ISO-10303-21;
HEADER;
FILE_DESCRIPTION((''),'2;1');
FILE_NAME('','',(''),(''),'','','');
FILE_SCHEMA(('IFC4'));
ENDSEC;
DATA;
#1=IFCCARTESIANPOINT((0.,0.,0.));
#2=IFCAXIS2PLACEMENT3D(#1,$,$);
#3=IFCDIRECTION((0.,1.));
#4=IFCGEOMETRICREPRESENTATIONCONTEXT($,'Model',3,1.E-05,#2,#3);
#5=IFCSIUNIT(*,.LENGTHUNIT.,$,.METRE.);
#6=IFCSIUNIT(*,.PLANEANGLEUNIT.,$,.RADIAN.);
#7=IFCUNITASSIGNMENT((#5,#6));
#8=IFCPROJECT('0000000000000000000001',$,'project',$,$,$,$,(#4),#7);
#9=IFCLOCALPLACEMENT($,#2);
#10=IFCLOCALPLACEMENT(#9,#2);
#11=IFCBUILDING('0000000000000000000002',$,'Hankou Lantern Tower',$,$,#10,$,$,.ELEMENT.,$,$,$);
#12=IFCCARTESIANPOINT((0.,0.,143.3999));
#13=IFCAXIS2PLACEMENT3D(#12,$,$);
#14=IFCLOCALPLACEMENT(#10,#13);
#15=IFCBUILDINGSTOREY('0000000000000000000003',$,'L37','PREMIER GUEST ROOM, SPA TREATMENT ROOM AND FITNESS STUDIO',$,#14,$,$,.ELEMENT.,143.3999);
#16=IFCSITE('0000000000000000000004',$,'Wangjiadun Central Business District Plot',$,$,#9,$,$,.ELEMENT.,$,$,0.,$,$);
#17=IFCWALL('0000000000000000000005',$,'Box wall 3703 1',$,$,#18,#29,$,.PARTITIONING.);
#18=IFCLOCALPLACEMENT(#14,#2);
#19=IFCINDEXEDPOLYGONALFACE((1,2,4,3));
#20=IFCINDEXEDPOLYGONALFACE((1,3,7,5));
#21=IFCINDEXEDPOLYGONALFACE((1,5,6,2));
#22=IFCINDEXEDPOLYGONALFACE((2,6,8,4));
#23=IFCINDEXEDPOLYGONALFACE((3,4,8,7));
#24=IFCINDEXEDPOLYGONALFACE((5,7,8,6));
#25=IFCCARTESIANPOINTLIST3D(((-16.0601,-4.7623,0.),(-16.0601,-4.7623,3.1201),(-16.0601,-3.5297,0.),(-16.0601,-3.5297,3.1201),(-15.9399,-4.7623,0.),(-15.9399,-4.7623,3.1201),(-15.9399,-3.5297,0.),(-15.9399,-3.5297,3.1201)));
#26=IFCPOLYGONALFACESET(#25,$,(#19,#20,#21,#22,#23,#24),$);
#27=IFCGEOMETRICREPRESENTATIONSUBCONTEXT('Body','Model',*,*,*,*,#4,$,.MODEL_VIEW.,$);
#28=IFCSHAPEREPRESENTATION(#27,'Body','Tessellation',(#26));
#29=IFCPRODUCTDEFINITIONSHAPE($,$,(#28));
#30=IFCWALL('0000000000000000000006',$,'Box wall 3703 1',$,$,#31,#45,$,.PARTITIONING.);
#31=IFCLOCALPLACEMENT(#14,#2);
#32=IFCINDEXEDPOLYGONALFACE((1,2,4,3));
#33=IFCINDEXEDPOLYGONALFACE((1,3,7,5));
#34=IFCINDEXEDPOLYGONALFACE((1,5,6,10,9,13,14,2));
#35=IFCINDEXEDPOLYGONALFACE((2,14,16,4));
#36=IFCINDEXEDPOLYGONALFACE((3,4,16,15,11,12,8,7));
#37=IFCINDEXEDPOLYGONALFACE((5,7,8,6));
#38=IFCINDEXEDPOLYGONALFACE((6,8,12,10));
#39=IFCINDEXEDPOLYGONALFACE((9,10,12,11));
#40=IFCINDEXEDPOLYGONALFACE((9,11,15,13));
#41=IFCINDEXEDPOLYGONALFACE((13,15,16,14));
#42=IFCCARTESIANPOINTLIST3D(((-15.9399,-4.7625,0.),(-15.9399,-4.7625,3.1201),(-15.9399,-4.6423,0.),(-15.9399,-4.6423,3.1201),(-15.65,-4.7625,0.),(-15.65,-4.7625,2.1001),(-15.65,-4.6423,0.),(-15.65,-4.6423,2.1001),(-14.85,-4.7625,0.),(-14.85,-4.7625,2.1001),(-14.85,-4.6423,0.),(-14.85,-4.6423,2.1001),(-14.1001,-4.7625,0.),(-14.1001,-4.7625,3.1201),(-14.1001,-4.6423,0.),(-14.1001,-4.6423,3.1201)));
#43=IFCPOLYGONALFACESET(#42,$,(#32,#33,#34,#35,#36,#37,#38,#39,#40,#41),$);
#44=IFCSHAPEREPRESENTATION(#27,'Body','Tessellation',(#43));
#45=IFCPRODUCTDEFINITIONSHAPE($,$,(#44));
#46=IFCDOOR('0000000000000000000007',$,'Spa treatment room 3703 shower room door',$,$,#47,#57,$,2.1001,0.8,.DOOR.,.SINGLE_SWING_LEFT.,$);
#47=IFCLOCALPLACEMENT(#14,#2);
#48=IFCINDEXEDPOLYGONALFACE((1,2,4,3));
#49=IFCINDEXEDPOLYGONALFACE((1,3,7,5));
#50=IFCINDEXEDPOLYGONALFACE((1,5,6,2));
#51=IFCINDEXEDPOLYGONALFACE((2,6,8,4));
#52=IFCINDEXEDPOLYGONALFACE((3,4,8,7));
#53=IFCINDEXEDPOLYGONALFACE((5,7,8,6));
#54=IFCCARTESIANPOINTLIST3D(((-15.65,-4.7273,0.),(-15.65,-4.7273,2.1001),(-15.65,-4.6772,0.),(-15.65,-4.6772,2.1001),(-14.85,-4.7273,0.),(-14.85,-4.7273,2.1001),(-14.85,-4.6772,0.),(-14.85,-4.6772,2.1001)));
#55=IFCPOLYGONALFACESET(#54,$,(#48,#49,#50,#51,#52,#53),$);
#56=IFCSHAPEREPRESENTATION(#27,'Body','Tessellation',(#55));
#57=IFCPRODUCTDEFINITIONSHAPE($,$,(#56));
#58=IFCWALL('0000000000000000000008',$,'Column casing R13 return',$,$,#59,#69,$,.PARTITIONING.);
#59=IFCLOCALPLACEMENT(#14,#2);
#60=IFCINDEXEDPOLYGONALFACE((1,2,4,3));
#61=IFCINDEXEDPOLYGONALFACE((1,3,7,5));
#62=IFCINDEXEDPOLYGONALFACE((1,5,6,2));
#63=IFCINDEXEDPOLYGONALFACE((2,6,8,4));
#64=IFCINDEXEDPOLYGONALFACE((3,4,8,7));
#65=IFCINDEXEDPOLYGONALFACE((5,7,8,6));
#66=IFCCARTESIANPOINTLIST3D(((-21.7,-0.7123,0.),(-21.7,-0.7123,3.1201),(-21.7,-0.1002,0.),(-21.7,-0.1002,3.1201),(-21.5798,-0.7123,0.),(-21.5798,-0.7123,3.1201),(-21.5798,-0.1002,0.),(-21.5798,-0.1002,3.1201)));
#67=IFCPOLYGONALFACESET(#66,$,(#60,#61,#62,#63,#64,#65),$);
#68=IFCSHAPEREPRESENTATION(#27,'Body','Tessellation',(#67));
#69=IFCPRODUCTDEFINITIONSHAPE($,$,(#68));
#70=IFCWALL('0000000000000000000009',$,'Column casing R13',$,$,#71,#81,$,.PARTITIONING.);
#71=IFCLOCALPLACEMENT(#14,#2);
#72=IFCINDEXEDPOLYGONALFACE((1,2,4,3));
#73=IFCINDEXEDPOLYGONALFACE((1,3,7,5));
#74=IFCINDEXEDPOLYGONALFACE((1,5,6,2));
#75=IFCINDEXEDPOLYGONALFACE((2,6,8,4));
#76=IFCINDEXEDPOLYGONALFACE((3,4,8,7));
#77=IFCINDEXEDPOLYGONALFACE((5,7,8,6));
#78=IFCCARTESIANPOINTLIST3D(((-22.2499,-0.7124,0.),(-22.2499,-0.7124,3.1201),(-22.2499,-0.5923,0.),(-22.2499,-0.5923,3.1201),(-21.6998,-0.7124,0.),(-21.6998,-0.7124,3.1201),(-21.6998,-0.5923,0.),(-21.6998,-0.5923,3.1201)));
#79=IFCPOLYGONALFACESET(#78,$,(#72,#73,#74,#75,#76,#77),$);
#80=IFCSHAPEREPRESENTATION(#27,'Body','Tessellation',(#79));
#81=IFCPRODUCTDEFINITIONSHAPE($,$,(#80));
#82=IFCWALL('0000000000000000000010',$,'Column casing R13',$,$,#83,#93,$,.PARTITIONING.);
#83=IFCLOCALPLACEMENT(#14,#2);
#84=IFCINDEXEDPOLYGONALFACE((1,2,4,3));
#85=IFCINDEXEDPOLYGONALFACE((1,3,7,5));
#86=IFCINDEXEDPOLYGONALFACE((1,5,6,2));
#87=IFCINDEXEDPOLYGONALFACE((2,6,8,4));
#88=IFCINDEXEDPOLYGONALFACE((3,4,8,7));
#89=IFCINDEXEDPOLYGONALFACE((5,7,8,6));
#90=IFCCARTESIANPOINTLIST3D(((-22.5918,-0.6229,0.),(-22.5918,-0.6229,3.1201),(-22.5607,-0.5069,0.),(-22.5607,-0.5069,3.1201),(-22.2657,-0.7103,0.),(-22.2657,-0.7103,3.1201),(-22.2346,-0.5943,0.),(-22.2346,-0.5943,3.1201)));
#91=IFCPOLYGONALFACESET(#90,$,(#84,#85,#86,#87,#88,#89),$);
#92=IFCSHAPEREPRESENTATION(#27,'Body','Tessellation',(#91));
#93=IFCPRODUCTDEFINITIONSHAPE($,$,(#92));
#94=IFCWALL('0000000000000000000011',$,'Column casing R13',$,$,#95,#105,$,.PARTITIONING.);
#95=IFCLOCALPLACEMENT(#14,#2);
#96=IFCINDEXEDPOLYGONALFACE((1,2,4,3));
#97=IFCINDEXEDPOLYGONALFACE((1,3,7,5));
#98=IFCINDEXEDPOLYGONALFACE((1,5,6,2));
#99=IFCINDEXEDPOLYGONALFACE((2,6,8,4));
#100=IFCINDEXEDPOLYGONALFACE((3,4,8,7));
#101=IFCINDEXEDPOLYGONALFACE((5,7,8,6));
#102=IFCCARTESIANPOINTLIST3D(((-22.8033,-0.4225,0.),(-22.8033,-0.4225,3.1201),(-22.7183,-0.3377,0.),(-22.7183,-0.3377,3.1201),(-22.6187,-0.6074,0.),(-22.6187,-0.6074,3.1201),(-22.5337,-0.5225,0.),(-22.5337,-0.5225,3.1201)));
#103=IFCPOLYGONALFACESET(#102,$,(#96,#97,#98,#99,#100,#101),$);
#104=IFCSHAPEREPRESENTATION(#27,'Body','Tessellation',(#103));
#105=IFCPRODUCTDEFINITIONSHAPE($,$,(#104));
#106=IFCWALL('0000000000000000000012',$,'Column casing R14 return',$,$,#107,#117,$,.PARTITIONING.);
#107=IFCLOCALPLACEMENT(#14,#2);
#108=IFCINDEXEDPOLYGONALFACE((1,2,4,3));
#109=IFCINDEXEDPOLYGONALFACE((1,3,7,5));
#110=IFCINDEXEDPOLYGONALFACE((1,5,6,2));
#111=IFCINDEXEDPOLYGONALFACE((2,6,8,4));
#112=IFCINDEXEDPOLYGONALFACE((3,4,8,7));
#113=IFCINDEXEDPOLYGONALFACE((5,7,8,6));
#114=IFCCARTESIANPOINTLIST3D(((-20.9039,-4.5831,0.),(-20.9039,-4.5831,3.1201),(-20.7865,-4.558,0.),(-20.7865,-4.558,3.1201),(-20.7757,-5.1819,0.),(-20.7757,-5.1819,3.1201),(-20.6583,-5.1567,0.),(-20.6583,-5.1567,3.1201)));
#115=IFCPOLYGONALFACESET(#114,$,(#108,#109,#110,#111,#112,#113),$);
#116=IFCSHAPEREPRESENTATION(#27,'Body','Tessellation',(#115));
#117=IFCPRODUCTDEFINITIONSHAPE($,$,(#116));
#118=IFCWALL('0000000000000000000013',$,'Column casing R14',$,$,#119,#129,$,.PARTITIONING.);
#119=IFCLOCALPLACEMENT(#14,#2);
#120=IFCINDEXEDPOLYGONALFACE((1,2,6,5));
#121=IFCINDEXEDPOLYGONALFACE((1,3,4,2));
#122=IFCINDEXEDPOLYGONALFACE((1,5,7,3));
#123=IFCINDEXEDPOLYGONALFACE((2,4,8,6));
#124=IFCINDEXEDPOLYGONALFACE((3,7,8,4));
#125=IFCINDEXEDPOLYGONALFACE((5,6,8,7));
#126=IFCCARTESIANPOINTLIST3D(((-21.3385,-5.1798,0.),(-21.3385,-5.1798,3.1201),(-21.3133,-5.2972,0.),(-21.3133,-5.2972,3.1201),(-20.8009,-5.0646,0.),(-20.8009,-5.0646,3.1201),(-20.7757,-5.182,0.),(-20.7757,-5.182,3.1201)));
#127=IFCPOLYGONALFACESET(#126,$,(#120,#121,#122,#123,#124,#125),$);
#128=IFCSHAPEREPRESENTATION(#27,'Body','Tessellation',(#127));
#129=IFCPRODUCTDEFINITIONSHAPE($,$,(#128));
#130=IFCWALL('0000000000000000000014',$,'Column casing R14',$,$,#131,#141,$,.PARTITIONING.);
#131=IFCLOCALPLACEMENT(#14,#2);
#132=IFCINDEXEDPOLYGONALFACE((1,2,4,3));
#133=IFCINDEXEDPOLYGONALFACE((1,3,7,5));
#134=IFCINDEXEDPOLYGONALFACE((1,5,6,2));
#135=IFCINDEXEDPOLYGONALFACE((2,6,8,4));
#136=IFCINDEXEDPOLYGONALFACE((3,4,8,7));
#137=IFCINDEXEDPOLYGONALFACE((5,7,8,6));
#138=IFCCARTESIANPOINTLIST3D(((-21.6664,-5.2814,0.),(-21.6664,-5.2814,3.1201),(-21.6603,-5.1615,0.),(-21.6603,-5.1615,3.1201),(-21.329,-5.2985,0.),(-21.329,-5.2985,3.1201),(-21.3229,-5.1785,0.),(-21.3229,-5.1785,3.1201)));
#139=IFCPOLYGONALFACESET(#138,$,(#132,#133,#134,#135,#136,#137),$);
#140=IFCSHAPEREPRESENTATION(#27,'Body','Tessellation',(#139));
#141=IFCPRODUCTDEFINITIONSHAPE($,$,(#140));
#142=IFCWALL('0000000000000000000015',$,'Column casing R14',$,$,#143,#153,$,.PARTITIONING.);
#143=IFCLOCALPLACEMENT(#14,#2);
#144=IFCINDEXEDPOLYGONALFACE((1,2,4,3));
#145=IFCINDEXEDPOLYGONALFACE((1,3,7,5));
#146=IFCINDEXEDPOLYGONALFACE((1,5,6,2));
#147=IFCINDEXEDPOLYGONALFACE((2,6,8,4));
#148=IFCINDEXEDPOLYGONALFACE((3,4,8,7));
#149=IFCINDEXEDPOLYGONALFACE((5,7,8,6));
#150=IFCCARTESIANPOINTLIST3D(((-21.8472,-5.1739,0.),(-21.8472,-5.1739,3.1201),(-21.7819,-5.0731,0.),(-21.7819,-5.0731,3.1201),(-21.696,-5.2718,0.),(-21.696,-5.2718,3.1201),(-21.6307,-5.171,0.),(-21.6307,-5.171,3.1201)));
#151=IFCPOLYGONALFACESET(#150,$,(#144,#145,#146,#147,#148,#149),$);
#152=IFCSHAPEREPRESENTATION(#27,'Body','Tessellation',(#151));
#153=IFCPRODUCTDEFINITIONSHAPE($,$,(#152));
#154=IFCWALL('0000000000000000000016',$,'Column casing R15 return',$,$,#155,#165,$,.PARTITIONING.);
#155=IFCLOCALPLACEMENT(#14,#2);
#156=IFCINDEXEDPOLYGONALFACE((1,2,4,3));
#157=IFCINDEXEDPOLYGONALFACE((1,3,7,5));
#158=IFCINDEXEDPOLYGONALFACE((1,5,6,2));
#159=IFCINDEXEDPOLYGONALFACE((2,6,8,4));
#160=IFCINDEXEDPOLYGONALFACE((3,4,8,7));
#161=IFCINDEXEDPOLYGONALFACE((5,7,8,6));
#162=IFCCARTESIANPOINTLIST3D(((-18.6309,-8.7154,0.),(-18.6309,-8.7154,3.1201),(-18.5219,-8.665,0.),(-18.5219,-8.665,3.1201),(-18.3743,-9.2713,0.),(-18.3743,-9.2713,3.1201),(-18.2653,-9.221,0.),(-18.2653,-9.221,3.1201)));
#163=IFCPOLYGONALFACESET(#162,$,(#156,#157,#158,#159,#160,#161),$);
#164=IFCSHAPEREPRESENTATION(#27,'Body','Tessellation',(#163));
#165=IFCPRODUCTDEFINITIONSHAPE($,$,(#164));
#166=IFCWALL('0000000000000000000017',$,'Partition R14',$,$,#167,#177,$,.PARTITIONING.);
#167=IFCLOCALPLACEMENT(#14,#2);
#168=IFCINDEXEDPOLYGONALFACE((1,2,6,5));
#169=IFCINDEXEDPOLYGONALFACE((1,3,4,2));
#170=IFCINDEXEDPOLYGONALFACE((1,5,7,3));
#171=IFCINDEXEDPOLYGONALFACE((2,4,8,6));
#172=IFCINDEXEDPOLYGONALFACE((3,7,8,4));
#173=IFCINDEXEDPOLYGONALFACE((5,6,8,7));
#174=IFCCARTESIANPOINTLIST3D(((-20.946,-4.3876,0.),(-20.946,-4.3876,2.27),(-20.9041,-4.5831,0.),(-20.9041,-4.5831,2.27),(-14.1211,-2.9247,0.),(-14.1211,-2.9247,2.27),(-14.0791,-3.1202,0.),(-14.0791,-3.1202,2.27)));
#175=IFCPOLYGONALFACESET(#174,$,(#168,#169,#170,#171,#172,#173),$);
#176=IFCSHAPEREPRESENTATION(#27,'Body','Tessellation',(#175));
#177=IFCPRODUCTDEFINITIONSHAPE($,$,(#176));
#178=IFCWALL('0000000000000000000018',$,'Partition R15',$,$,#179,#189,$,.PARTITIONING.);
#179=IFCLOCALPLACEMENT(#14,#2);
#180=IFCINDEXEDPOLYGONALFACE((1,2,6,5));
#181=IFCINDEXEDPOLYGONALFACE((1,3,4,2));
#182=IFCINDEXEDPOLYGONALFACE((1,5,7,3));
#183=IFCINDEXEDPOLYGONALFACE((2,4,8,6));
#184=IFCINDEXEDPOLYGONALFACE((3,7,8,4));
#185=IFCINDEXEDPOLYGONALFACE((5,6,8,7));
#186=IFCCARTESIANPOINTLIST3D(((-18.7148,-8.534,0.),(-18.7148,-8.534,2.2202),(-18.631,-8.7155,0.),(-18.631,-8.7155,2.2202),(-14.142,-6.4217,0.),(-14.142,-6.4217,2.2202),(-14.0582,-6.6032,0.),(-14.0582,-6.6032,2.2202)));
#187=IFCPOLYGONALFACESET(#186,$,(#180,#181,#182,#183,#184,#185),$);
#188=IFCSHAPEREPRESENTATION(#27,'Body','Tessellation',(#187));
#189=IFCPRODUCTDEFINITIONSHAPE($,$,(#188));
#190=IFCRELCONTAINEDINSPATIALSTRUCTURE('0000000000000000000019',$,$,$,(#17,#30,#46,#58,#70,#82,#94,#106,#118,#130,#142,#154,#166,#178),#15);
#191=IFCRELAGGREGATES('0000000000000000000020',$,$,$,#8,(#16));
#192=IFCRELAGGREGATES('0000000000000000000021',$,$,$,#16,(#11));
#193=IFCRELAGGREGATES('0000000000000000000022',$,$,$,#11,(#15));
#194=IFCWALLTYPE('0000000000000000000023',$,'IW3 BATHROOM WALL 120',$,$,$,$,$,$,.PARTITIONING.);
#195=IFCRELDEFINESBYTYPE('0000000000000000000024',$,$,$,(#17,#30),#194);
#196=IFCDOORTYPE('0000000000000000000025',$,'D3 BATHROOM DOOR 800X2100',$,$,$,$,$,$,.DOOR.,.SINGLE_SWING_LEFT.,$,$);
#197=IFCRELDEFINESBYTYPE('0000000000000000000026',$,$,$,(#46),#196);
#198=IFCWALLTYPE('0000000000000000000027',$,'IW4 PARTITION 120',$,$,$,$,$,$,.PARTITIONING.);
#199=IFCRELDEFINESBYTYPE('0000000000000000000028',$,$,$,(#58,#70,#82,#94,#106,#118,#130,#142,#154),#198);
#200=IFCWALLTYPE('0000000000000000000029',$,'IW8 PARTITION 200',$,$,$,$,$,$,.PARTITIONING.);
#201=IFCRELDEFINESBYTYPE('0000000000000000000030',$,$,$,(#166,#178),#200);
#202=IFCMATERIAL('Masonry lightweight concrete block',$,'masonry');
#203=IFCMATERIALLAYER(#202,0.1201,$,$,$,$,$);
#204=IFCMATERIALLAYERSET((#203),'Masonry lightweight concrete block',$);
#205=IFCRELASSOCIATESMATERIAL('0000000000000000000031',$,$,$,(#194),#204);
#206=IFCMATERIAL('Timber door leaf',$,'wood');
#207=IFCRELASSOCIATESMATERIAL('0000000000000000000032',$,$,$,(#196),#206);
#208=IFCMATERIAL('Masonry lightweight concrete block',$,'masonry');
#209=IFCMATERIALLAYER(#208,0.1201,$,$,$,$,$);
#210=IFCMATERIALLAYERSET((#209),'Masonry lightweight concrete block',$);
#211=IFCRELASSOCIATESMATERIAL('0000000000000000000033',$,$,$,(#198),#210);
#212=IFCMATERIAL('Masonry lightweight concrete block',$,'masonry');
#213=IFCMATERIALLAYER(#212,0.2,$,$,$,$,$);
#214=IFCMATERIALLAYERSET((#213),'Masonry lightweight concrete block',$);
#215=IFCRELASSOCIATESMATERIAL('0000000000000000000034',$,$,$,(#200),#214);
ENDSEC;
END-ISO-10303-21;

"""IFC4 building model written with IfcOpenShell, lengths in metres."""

from ifc_helpers import new_model, si_unit, direction, frame, frame_2d, origin, place, context, subcontext, project, spatial, rectangle, extrude, material, layer, layer_set, type_object, element, fill, save


model = new_model("IFC4")

# Units and contexts
model_context = context("Model", 3, precision=1e-05, world=origin(), true_north=direction((0.0, 1.0)))
body_context = subcontext(model_context, "Body", "Model", "MODEL_VIEW")
ifc_project = project(units=[si_unit("LENGTHUNIT", "METRE"), si_unit("PLANEANGLEUNIT", "RADIAN")], contexts=[model_context])

# Site, building, storey
site_placement = place(None, origin())
site = spatial("IfcSite", under=ifc_project, at=site_placement, Name="Wangjiadun Central Business District Plot", CompositionType="ELEMENT", RefElevation=0.0)
building_placement = place(site_placement, origin())
building = spatial("IfcBuilding", under=site, at=building_placement, Name="Hankou Lantern Tower", CompositionType="ELEMENT")
storey_placement = place(building_placement, frame((0.0, 0.0, 143.3999)))
storey = spatial("IfcBuildingStorey", under=building, at=storey_placement, Name="L37", Description="PREMIER GUEST ROOM, SPA TREATMENT ROOM AND FITNESS STUDIO", CompositionType="ELEMENT", Elevation=143.3999)

# Wall
ifc_material_1 = material(Name="Masonry lightweight concrete block", Category="masonry")
ifc_layer_1 = layer(ifc_material_1, 0.1201)
ifc_layer_set_1 = layer_set([ifc_layer_1], Name="Masonry lightweight concrete block")
wall_type_1 = type_object("IfcWallType", Name="IW3 BATHROOM WALL 120", PredefinedType="PARTITIONING", material=ifc_layer_set_1)
wall_1_placement = place(storey_placement, frame((-16.0, -3.5298, 0.0), z_axis=(0.0, 0.0, 1.0), x_axis=(0.0, -1.0, 0.0)))
element("IfcWall", 1, at=wall_1_placement, inside=storey, type_object=wall_type_1, Name="Box wall 3703 1", PredefinedType="PARTITIONING", context=body_context, shape_type="SweptSolid", body=[
    extrude(rectangle(XDim=1.2327, YDim=0.1201, at=frame_2d((0.6162, 0.0))), origin(), (0.0, 0.0, 1.0), 3.1201),
])

# Wall, opening, door
wall_2_placement = place(storey_placement, frame((-14.1001, -4.7024, 0.0), z_axis=(0.0, 0.0, 1.0), x_axis=(-1.0, 0.0, 0.0)))
wall_2 = element("IfcWall", 2, at=wall_2_placement, inside=storey, type_object=wall_type_1, Name="Box wall 3703 1", PredefinedType="PARTITIONING", context=body_context, shape_type="SweptSolid", body=[
    extrude(rectangle(XDim=1.8398, YDim=0.1201, at=frame_2d((0.9199, 0.0))), origin(), (0.0, 0.0, 1.0), 3.1201),
])
opening_1_placement = place(wall_2_placement, frame((0.75, 0.0, 0.0)))
opening_1 = element("IfcOpeningElement", 3, at=opening_1_placement, cuts=wall_2, PredefinedType="OPENING", context=body_context, shape_type="SweptSolid", body=[
    extrude(rectangle(XDim=0.8, YDim=2.1001, at=frame_2d((0.3999, 1.05))), frame((0.0, 0.0701, 0.0), z_axis=(0.0, -1.0, 0.0), x_axis=(1.0, 0.0, 0.0)), (0.0, 0.0, 1.0), 0.1401),
])
ifc_material_2 = material(Name="Timber door leaf", Category="wood")
door_type = type_object("IfcDoorType", Name="D3 BATHROOM DOOR 800X2100", OperationType="SINGLE_SWING_LEFT", PredefinedType="DOOR", material=ifc_material_2)
door_placement = place(opening_1_placement, origin())
door = element("IfcDoor", 4, at=door_placement, inside=storey, type_object=door_type, Name="Spa treatment room 3703 shower room door", OperationType="SINGLE_SWING_LEFT", OverallHeight=2.1001, OverallWidth=0.8, PredefinedType="DOOR", context=body_context, shape_type="SweptSolid", body=[
    extrude(rectangle(XDim=0.8, YDim=2.1001, at=frame_2d((0.3999, 1.05))), frame((0.0, 0.0249, 0.0), z_axis=(0.0, -1.0, 0.0), x_axis=(1.0, 0.0, 0.0)), (0.0, 0.0, 1.0), 0.05),
])
fill(opening_1, door)

# Walls
ifc_material_3 = material(Name="Masonry lightweight concrete block", Category="masonry")
ifc_layer_2 = layer(ifc_material_3, 0.1201)
ifc_layer_set_2 = layer_set([ifc_layer_2], Name="Masonry lightweight concrete block")
wall_type_2 = type_object("IfcWallType", Name="IW4 PARTITION 120", PredefinedType="PARTITIONING", material=ifc_layer_set_2)
wall_3_placement = place(storey_placement, frame((-21.6399, -0.1001, 0.0), z_axis=(0.0, 0.0, 1.0), x_axis=(0.0, -1.0, 0.0)))
element("IfcWall", 5, at=wall_3_placement, inside=storey, type_object=wall_type_2, Name="Column casing R13 return", PredefinedType="PARTITIONING", context=body_context, shape_type="SweptSolid", body=[
    extrude(rectangle(XDim=0.6121, YDim=0.1201, at=frame_2d((0.3062, 0.0))), origin(), (0.0, 0.0, 1.0), 3.1201),
])
wall_4_placement = place(storey_placement, frame((-21.7, -0.6523, 0.0), z_axis=(0.0, 0.0, 1.0), x_axis=(-1.0, 0.0, 0.0)))
element("IfcWall", 6, at=wall_4_placement, inside=storey, type_object=wall_type_2, Name="Column casing R13", PredefinedType="PARTITIONING", context=body_context, shape_type="SweptSolid", body=[
    extrude(rectangle(XDim=0.55, YDim=0.1201, at=frame_2d((0.2749, 0.0))), origin(), (0.0, 0.0, 1.0), 3.1201),
])
wall_5_placement = place(storey_placement, frame((-22.25, -0.6523, 0.0), z_axis=(0.0, 0.0, 1.0), x_axis=(-0.965922, 0.258832, 0.0)))
element("IfcWall", 7, at=wall_5_placement, inside=storey, type_object=wall_type_2, Name="Column casing R13", PredefinedType="PARTITIONING", context=body_context, shape_type="SweptSolid", body=[
    extrude(rectangle(XDim=0.3376, YDim=0.1201, at=frame_2d((0.1689, 0.0))), origin(), (0.0, 0.0, 1.0), 3.1201),
])
wall_6_placement = place(storey_placement, frame((-22.5762, -0.5649, 0.0), z_axis=(0.0, 0.0, 1.0), x_axis=(-0.706639, 0.707574, 0.0)))
element("IfcWall", 8, at=wall_6_placement, inside=storey, type_object=wall_type_2, Name="Column casing R13", PredefinedType="PARTITIONING", context=body_context, shape_type="SweptSolid", body=[
    extrude(rectangle(XDim=0.2612, YDim=0.1201, at=frame_2d((0.1306, 0.0))), origin(), (0.0, 0.0, 1.0), 3.1201),
])
wall_7_placement = place(storey_placement, frame((-20.8452, -4.5706, 0.0), z_axis=(0.0, 0.0, 1.0), x_axis=(0.209366, -0.977837, 0.0)))
element("IfcWall", 9, at=wall_7_placement, inside=storey, type_object=wall_type_2, Name="Column casing R14 return", PredefinedType="PARTITIONING", context=body_context, shape_type="SweptSolid", body=[
    extrude(rectangle(XDim=0.6123, YDim=0.1201, at=frame_2d((0.3062, 0.0))), origin(), (0.0, 0.0, 1.0), 3.1201),
])
wall_8_placement = place(storey_placement, frame((-20.7883, -5.1233, 0.0), z_axis=(0.0, 0.0, 1.0), x_axis=(-0.977789, -0.20959, 0.0)))
element("IfcWall", 10, at=wall_8_placement, inside=storey, type_object=wall_type_2, Name="Column casing R14", PredefinedType="PARTITIONING", context=body_context, shape_type="SweptSolid", body=[
    extrude(rectangle(XDim=0.5498, YDim=0.1201, at=frame_2d((0.2749, 0.0))), origin(), (0.0, 0.0, 1.0), 3.1201),
])
wall_9_placement = place(storey_placement, frame((-21.3259, -5.2385, 0.0), z_axis=(0.0, 0.0, 1.0), x_axis=(-0.99872, 0.050586, 0.0)))
element("IfcWall", 11, at=wall_9_placement, inside=storey, type_object=wall_type_2, Name="Column casing R14", PredefinedType="PARTITIONING", context=body_context, shape_type="SweptSolid", body=[
    extrude(rectangle(XDim=0.3379, YDim=0.1201, at=frame_2d((0.1689, 0.0))), origin(), (0.0, 0.0, 1.0), 3.1201),
])
wall_10_placement = place(storey_placement, frame((-21.6633, -5.2214, 0.0), z_axis=(0.0, 0.0, 1.0), x_axis=(-0.839279, 0.543701, 0.0)))
element("IfcWall", 12, at=wall_10_placement, inside=storey, type_object=wall_type_2, Name="Column casing R14", PredefinedType="PARTITIONING", context=body_context, shape_type="SweptSolid", body=[
    extrude(rectangle(XDim=0.1802, YDim=0.1201, at=frame_2d((0.0901, 0.0))), origin(), (0.0, 0.0, 1.0), 3.1201),
])
wall_11_placement = place(storey_placement, frame((-18.5764, -8.6902, 0.0), z_axis=(0.0, 0.0, 1.0), x_axis=(0.419083, -0.907948, 0.0)))
element("IfcWall", 13, at=wall_11_placement, inside=storey, type_object=wall_type_2, Name="Column casing R15 return", PredefinedType="PARTITIONING", context=body_context, shape_type="SweptSolid", body=[
    extrude(rectangle(XDim=0.6123, YDim=0.1201, at=frame_2d((0.3062, 0.0))), origin(), (0.0, 0.0, 1.0), 3.1201),
])
ifc_material_4 = material(Name="Masonry lightweight concrete block", Category="masonry")
ifc_layer_3 = layer(ifc_material_4, 0.2)
ifc_layer_set_3 = layer_set([ifc_layer_3], Name="Masonry lightweight concrete block")
wall_type_3 = type_object("IfcWallType", Name="IW8 PARTITION 200", PredefinedType="PARTITIONING", material=ifc_layer_set_3)
wall_12_placement = place(storey_placement, frame((-14.1001, -3.0225, 0.0), z_axis=(0.0, 0.0, 1.0), x_axis=(-0.977791, -0.209584, 0.0)))
element("IfcWall", 14, at=wall_12_placement, inside=storey, type_object=wall_type_3, Name="Partition R14", PredefinedType="PARTITIONING", context=body_context, shape_type="SweptSolid", body=[
    extrude(rectangle(XDim=6.98, YDim=0.2, at=frame_2d((3.49, 0.0))), origin(), (0.0, 0.0, 1.0), 2.27),
])
wall_13_placement = place(storey_placement, frame((-14.1001, -6.5125, 0.0), z_axis=(0.0, 0.0, 1.0), x_axis=(-0.907823, -0.419353, 0.0)))
element("IfcWall", 15, at=wall_13_placement, inside=storey, type_object=wall_type_3, Name="Partition R15", PredefinedType="PARTITIONING", context=body_context, shape_type="SweptSolid", body=[
    extrude(rectangle(XDim=5.0371, YDim=0.2, at=frame_2d((2.5186, 0.0))), origin(), (0.0, 0.0, 1.0), 2.2202),
])

save(model, "model.ifc")
